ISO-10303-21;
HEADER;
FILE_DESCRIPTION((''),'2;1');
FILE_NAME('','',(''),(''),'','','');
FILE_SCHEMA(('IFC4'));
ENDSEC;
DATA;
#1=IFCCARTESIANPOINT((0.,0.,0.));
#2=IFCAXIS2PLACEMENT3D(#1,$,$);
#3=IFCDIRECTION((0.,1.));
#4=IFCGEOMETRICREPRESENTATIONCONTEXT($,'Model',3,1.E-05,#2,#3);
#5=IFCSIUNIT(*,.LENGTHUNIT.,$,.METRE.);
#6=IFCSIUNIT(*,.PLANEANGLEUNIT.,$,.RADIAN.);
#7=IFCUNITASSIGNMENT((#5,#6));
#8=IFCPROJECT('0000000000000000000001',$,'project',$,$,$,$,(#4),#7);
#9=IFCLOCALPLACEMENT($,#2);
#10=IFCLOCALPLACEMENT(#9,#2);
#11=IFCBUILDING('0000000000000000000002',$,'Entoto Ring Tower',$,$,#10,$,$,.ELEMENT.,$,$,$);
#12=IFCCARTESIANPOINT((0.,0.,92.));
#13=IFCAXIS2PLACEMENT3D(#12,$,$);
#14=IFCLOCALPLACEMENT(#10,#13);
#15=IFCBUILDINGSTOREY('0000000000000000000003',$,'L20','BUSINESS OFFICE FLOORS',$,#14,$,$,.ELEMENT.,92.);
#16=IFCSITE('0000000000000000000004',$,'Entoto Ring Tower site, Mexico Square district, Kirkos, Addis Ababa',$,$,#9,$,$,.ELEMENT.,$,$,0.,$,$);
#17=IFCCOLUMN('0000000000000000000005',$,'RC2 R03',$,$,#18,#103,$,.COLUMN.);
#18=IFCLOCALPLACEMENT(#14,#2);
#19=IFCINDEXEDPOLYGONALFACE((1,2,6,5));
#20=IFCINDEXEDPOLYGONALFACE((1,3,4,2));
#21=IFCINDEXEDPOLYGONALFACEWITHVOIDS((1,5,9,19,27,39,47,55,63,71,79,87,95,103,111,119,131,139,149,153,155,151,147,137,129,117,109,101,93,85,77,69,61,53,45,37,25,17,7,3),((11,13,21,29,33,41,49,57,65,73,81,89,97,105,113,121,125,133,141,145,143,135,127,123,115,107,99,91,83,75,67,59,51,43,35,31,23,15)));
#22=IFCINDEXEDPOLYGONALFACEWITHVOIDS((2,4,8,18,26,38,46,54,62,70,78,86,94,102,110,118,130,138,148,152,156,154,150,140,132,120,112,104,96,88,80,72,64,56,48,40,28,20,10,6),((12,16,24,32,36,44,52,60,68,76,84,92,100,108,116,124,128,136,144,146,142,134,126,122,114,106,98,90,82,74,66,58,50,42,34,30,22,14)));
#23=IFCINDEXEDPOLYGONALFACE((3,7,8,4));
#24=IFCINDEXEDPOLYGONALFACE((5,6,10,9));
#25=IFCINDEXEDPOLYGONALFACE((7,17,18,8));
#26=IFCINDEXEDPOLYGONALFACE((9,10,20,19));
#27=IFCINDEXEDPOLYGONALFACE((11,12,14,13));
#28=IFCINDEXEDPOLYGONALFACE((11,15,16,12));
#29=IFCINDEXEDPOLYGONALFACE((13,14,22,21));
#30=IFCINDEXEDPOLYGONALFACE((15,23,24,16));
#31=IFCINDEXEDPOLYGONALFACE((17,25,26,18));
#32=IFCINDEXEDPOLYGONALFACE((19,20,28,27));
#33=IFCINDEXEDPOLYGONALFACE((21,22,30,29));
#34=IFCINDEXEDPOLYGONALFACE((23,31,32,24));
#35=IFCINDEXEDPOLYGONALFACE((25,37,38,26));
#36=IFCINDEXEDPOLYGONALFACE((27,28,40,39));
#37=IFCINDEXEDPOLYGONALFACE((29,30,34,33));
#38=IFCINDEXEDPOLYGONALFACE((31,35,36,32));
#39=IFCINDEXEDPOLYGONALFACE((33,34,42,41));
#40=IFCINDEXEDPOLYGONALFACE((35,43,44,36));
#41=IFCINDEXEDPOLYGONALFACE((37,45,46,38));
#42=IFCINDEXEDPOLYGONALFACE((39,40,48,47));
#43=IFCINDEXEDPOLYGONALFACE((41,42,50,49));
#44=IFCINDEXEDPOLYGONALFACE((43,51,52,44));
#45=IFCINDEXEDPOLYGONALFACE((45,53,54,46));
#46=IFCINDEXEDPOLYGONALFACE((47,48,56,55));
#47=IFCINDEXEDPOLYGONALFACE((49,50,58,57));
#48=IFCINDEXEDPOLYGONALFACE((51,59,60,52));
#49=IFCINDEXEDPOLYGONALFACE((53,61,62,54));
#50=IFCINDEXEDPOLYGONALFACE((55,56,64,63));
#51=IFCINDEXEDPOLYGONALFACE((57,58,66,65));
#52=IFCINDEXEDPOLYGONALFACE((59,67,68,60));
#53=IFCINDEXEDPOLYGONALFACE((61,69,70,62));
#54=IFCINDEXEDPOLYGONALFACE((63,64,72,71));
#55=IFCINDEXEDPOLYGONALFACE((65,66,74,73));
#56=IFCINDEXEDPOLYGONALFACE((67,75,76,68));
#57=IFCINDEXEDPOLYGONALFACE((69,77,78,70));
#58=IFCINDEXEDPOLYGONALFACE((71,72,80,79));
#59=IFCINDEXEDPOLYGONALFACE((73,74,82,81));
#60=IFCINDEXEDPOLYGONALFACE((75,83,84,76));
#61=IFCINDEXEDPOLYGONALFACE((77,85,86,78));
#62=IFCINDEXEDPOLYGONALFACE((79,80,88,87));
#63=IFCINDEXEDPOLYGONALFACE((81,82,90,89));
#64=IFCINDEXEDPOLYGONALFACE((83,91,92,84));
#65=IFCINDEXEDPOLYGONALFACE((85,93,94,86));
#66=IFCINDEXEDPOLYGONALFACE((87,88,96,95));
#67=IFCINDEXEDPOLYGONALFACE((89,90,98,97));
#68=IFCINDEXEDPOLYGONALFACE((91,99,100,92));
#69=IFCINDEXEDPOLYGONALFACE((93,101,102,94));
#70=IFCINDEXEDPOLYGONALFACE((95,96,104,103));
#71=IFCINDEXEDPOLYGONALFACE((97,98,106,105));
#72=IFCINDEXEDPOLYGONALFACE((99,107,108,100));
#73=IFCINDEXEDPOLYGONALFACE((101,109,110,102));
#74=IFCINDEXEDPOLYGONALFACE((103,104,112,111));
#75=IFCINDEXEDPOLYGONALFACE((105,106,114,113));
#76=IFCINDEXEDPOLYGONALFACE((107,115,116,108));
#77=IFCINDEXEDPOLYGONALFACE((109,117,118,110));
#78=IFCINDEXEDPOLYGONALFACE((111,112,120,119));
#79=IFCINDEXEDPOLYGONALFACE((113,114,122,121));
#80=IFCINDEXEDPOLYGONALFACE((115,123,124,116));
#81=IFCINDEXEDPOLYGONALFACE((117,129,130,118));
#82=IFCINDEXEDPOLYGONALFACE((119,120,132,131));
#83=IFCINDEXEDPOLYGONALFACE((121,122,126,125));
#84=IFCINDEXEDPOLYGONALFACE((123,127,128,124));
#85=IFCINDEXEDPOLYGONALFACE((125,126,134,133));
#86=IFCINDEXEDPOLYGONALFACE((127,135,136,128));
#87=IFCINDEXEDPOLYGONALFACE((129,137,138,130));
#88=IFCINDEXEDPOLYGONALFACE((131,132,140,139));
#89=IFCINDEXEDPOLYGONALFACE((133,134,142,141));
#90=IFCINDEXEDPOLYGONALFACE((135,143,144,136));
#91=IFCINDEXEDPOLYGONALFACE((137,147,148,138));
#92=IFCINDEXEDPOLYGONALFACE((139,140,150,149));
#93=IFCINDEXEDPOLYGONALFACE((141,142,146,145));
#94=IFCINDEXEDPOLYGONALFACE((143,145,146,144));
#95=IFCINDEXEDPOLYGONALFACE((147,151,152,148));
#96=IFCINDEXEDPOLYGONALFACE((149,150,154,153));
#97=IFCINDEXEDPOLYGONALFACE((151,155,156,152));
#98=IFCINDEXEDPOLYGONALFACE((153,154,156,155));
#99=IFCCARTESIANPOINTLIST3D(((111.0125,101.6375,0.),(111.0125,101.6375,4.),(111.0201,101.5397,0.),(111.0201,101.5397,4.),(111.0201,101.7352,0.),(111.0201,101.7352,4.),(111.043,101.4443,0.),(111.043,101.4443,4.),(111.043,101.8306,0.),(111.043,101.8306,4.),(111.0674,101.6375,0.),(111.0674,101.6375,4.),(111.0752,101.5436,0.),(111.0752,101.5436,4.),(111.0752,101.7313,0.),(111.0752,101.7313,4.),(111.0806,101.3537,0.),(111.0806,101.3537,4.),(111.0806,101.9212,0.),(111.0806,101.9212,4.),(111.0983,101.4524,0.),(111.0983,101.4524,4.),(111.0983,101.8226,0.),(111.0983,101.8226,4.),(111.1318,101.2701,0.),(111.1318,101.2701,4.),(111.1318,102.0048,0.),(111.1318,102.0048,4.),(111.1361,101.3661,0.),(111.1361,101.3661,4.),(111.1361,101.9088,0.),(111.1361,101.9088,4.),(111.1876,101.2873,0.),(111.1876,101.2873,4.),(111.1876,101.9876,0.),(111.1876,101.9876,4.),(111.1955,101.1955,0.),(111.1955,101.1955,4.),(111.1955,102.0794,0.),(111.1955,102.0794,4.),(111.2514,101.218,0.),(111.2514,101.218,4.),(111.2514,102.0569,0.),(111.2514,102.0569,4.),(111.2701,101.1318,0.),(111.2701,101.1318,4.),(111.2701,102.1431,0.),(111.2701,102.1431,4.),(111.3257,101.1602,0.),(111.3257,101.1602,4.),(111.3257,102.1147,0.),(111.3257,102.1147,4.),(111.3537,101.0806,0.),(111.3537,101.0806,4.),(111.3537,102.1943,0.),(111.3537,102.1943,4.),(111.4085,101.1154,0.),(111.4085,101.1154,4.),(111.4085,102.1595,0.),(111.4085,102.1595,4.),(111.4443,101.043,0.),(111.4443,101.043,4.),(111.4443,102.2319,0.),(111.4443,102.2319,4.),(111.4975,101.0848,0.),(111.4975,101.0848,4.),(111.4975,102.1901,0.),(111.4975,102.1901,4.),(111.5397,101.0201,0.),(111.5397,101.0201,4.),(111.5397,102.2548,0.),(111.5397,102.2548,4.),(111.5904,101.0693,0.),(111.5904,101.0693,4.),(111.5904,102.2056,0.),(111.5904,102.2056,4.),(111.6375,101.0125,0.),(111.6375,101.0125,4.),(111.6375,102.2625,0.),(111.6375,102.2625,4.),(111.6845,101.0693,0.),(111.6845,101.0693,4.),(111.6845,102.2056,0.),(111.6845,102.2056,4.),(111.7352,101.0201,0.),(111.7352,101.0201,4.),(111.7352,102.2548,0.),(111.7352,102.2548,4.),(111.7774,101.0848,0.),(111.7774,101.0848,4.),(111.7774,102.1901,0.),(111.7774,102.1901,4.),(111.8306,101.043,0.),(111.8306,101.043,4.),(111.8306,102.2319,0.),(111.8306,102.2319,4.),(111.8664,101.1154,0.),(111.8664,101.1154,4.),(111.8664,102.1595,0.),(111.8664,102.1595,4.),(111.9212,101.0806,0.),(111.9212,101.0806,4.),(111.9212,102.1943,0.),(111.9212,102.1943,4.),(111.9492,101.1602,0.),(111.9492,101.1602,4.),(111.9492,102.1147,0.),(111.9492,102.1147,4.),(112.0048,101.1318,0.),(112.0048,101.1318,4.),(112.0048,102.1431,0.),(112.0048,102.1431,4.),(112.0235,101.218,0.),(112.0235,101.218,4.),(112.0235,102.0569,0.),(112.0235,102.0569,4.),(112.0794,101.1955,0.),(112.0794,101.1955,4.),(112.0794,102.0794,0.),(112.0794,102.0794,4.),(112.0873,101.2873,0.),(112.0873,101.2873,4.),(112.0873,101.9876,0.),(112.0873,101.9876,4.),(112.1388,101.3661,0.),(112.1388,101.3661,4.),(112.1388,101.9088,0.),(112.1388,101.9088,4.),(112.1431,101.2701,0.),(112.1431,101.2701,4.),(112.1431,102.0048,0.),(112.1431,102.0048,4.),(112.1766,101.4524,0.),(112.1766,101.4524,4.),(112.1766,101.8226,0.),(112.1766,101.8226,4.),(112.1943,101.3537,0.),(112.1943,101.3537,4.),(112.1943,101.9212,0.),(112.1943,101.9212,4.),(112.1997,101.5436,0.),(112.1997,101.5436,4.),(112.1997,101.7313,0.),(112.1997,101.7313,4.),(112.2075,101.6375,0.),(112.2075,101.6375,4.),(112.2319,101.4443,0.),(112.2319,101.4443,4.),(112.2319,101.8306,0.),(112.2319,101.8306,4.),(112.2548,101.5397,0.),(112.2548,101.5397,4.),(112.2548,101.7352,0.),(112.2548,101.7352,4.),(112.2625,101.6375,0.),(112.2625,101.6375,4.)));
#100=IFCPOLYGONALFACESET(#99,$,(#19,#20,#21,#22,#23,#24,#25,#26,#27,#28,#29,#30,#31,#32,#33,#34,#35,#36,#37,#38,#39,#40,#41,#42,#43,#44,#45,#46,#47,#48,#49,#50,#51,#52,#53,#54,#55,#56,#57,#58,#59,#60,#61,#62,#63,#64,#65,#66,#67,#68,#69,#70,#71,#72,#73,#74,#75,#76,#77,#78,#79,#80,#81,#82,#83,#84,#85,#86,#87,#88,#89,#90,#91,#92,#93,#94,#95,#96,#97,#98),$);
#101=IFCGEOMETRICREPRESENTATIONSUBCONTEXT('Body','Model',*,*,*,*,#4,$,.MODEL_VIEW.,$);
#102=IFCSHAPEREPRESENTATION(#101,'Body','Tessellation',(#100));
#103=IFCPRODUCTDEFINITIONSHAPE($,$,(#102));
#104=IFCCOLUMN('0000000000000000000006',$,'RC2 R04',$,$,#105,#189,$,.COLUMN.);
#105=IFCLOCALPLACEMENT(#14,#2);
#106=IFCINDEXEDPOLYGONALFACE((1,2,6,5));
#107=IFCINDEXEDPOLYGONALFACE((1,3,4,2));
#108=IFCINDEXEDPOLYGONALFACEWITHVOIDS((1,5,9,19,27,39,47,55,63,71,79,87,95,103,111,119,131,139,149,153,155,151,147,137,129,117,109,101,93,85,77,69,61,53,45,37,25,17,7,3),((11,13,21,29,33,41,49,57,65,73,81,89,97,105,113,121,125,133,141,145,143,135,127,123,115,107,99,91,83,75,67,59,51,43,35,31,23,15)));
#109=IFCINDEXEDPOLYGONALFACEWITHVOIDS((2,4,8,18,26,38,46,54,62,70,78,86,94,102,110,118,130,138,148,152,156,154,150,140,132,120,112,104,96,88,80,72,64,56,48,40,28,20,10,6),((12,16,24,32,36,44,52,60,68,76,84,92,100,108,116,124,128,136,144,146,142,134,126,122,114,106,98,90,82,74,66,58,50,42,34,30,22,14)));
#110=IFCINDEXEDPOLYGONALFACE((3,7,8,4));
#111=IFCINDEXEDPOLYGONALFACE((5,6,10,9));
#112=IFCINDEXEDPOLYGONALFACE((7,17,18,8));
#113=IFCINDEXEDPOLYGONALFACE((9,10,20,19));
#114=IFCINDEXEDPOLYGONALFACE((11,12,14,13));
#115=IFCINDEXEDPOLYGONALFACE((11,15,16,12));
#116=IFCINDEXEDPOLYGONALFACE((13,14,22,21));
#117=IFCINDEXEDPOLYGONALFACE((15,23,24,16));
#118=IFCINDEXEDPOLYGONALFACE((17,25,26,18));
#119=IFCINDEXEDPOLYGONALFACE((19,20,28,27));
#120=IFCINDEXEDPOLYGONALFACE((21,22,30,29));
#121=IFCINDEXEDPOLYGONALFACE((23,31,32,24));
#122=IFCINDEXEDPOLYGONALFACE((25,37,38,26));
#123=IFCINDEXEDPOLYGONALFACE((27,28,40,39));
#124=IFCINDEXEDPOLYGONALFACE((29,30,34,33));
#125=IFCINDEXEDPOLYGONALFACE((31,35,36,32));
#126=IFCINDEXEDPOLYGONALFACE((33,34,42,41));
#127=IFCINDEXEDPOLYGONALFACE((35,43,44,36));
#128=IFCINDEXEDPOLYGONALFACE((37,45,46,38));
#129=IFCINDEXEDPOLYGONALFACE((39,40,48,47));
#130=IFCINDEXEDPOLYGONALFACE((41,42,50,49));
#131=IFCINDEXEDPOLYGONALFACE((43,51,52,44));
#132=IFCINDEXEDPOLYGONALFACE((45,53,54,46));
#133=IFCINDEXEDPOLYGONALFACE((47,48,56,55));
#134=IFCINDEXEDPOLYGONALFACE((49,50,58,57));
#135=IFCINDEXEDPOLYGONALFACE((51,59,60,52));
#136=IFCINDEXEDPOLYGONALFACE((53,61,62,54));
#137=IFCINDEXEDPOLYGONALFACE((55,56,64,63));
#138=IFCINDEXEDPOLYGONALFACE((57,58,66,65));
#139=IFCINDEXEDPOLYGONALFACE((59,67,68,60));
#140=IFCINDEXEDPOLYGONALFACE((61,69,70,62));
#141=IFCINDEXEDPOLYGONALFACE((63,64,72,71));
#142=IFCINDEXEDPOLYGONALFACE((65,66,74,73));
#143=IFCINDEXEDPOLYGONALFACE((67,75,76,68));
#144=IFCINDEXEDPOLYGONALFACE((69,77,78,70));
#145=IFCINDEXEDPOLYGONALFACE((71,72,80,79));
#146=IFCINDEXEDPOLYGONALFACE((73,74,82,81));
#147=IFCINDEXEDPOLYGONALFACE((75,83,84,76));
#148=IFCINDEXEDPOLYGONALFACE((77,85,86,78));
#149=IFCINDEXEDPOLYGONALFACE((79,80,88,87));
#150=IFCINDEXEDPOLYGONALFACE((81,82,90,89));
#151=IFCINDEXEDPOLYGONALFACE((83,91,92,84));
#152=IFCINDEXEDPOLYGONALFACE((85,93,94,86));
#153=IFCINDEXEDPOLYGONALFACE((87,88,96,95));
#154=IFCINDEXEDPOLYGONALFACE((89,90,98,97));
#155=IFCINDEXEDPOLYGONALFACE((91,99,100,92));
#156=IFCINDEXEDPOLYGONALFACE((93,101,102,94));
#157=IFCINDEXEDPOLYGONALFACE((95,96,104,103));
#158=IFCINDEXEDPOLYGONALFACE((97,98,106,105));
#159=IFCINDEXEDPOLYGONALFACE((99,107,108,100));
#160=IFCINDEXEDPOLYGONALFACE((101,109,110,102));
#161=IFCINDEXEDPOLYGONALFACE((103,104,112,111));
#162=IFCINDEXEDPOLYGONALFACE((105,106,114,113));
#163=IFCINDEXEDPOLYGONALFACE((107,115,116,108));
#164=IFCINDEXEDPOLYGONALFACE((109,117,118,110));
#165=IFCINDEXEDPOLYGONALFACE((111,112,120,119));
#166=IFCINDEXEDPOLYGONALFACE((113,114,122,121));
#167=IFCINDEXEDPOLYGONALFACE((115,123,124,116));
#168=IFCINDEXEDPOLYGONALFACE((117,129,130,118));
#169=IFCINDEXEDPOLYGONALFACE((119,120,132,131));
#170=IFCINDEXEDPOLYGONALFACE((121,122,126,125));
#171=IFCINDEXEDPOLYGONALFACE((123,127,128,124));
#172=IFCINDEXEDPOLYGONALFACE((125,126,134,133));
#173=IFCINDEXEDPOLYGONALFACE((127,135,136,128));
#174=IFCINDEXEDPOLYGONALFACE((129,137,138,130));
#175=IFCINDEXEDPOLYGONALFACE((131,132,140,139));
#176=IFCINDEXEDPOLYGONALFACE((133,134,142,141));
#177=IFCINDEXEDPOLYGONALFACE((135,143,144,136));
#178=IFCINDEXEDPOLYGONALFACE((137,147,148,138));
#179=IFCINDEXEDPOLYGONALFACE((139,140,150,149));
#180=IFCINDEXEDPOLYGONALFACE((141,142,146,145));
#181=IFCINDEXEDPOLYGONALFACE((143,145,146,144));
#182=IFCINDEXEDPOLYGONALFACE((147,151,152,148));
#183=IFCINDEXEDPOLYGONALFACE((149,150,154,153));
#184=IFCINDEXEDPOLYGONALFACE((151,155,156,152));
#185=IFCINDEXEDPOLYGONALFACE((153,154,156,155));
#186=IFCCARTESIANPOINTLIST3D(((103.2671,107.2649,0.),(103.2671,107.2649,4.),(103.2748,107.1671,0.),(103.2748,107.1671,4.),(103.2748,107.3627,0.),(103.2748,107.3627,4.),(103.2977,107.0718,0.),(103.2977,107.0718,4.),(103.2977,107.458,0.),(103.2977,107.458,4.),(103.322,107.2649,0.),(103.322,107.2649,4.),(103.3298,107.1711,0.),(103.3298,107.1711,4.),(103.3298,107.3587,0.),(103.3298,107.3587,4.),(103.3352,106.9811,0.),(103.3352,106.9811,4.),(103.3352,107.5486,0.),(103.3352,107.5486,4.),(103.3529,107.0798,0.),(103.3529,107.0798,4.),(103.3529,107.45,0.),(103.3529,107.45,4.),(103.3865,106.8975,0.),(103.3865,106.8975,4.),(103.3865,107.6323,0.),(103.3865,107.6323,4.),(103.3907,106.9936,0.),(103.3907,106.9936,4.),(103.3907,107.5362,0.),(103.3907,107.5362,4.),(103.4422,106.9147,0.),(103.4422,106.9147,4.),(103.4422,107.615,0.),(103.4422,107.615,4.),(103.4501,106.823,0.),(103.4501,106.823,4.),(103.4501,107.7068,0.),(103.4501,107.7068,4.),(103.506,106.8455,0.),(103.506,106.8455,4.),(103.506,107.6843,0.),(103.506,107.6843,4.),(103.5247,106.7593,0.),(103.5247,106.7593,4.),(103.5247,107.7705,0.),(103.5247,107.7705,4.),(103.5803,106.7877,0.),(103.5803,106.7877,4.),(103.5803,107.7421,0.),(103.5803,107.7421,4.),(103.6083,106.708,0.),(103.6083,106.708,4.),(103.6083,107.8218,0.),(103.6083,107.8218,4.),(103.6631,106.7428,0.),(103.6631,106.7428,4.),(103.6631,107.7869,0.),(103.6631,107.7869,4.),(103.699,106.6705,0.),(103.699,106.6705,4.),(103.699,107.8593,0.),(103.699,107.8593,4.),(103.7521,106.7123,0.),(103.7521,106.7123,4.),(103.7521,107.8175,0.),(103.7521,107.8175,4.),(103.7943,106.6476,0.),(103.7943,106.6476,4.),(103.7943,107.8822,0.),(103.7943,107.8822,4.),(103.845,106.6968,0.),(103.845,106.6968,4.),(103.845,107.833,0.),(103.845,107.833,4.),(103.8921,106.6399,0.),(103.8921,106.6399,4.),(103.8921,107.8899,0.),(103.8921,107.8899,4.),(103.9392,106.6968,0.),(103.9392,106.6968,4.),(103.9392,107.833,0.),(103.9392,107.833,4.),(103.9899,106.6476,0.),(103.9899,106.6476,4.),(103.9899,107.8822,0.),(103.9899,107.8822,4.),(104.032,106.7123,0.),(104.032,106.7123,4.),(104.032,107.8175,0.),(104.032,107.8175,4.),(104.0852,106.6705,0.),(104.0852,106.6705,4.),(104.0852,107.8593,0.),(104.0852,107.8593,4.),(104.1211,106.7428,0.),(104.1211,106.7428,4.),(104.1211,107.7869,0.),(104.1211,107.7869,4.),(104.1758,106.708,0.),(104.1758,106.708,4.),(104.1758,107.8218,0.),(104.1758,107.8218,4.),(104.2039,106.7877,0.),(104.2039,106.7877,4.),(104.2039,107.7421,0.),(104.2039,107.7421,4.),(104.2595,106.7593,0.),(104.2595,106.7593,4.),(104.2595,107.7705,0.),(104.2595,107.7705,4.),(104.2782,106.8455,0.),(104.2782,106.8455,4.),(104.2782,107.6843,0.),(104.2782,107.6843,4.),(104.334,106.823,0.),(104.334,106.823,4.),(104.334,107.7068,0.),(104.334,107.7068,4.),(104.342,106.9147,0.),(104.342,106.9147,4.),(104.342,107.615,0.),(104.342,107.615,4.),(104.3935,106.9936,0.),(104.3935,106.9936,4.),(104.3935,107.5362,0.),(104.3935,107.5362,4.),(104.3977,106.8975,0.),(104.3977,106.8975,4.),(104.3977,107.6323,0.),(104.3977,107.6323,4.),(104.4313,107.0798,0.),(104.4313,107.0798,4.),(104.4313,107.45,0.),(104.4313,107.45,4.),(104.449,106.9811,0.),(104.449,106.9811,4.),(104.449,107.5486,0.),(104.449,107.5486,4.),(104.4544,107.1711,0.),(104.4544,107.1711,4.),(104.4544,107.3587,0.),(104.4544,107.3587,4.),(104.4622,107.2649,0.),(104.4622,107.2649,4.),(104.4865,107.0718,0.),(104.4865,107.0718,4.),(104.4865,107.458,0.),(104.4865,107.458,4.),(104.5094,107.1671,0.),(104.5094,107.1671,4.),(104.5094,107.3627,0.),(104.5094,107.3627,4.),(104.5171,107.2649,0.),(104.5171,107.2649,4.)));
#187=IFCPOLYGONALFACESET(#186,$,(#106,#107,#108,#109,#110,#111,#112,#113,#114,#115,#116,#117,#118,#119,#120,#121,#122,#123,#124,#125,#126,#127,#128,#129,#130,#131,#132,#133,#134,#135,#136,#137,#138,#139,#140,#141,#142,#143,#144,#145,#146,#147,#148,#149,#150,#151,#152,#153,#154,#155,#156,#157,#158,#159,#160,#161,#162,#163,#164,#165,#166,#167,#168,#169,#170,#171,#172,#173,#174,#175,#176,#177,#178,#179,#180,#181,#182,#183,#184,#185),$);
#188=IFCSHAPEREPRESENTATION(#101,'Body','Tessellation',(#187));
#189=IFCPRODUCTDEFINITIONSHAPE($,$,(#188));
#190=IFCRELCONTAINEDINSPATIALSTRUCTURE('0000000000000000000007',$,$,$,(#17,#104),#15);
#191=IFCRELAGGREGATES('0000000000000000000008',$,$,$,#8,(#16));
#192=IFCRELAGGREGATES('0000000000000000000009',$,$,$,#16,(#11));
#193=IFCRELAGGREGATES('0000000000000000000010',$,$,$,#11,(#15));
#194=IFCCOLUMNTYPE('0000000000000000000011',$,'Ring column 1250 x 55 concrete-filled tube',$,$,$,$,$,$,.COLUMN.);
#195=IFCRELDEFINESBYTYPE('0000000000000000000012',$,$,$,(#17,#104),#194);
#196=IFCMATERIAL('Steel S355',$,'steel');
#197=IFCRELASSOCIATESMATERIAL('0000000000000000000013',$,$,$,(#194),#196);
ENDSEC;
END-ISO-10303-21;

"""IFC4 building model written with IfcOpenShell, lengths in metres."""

from ifc_helpers import new_model, si_unit, direction, frame, origin, origin_2d, place, context, subcontext, project, spatial, circle, hollow_circle, extrude, material, material_profile, profile_set, type_object, element, save


model = new_model("IFC4")

# Units and contexts
model_context = context("Model", 3, precision=1e-05, world=origin(), true_north=direction((0.0, 1.0)))
body_context = subcontext(model_context, "Body", "Model", "MODEL_VIEW")
ifc_project = project(units=[si_unit("LENGTHUNIT", "METRE"), si_unit("PLANEANGLEUNIT", "RADIAN")], contexts=[model_context])

# Site, building, storey
site_placement = place(None, origin())
site = spatial("IfcSite", under=ifc_project, at=site_placement, Name="Entoto Ring Tower site, Mexico Square district, Kirkos, Addis Ababa", CompositionType="ELEMENT", RefElevation=0.0)
building_placement = place(site_placement, origin())
building = spatial("IfcBuilding", under=site, at=building_placement, Name="Entoto Ring Tower", CompositionType="ELEMENT")
storey_placement = place(building_placement, frame((0.0, 0.0, 92.0)))
storey = spatial("IfcBuildingStorey", under=building, at=storey_placement, Name="L20", Description="BUSINESS OFFICE FLOORS", CompositionType="ELEMENT", Elevation=92.0)

# Columns
ifc_material_1 = material(Name="Steel S355", Category="steel")
ifc_material_profile_1 = material_profile(ifc_material_1, hollow_circle(Radius=0.625, WallThickness=0.0549, at=origin_2d()), Name="CHS 1250 x 55")
ifc_material_2 = material(Name="Concrete C60/75", Category="concrete")
ifc_material_profile_2 = material_profile(ifc_material_2, circle(Radius=0.5701, at=origin_2d()), Name="Concrete C60/75 infill")
ifc_profile_set_1 = profile_set([ifc_material_profile_1, ifc_material_profile_2], Name="Steel S355")
column_type = type_object("IfcColumnType", Name="Ring column 1250 x 55 concrete-filled tube", PredefinedType="COLUMN", material=ifc_profile_set_1)
for number, where, z_axis, x_axis, name in (
    (1, (111.6375, 101.6375, 0.0), (0.0, 0.0, 1.0), (1.0, 0.0, 0.0), "RC2 R03"),
    (2, (103.8921, 107.2649, 0.0), (0.0, 0.0, 1.0), (1.0, 0.0, 0.0), "RC2 R04"),
):
    element("IfcColumn", number, at=place(storey_placement, frame(where, z_axis=z_axis, x_axis=x_axis)), inside=storey, type_object=column_type, Name=name, PredefinedType="COLUMN", context=body_context, shape_type="SweptSolid", body=[
        extrude(hollow_circle(Radius=0.625, WallThickness=0.0549, at=origin_2d()), origin(), (0.0, 0.0, 1.0), 4.0),
    ])

save(model, "model.ifc")
